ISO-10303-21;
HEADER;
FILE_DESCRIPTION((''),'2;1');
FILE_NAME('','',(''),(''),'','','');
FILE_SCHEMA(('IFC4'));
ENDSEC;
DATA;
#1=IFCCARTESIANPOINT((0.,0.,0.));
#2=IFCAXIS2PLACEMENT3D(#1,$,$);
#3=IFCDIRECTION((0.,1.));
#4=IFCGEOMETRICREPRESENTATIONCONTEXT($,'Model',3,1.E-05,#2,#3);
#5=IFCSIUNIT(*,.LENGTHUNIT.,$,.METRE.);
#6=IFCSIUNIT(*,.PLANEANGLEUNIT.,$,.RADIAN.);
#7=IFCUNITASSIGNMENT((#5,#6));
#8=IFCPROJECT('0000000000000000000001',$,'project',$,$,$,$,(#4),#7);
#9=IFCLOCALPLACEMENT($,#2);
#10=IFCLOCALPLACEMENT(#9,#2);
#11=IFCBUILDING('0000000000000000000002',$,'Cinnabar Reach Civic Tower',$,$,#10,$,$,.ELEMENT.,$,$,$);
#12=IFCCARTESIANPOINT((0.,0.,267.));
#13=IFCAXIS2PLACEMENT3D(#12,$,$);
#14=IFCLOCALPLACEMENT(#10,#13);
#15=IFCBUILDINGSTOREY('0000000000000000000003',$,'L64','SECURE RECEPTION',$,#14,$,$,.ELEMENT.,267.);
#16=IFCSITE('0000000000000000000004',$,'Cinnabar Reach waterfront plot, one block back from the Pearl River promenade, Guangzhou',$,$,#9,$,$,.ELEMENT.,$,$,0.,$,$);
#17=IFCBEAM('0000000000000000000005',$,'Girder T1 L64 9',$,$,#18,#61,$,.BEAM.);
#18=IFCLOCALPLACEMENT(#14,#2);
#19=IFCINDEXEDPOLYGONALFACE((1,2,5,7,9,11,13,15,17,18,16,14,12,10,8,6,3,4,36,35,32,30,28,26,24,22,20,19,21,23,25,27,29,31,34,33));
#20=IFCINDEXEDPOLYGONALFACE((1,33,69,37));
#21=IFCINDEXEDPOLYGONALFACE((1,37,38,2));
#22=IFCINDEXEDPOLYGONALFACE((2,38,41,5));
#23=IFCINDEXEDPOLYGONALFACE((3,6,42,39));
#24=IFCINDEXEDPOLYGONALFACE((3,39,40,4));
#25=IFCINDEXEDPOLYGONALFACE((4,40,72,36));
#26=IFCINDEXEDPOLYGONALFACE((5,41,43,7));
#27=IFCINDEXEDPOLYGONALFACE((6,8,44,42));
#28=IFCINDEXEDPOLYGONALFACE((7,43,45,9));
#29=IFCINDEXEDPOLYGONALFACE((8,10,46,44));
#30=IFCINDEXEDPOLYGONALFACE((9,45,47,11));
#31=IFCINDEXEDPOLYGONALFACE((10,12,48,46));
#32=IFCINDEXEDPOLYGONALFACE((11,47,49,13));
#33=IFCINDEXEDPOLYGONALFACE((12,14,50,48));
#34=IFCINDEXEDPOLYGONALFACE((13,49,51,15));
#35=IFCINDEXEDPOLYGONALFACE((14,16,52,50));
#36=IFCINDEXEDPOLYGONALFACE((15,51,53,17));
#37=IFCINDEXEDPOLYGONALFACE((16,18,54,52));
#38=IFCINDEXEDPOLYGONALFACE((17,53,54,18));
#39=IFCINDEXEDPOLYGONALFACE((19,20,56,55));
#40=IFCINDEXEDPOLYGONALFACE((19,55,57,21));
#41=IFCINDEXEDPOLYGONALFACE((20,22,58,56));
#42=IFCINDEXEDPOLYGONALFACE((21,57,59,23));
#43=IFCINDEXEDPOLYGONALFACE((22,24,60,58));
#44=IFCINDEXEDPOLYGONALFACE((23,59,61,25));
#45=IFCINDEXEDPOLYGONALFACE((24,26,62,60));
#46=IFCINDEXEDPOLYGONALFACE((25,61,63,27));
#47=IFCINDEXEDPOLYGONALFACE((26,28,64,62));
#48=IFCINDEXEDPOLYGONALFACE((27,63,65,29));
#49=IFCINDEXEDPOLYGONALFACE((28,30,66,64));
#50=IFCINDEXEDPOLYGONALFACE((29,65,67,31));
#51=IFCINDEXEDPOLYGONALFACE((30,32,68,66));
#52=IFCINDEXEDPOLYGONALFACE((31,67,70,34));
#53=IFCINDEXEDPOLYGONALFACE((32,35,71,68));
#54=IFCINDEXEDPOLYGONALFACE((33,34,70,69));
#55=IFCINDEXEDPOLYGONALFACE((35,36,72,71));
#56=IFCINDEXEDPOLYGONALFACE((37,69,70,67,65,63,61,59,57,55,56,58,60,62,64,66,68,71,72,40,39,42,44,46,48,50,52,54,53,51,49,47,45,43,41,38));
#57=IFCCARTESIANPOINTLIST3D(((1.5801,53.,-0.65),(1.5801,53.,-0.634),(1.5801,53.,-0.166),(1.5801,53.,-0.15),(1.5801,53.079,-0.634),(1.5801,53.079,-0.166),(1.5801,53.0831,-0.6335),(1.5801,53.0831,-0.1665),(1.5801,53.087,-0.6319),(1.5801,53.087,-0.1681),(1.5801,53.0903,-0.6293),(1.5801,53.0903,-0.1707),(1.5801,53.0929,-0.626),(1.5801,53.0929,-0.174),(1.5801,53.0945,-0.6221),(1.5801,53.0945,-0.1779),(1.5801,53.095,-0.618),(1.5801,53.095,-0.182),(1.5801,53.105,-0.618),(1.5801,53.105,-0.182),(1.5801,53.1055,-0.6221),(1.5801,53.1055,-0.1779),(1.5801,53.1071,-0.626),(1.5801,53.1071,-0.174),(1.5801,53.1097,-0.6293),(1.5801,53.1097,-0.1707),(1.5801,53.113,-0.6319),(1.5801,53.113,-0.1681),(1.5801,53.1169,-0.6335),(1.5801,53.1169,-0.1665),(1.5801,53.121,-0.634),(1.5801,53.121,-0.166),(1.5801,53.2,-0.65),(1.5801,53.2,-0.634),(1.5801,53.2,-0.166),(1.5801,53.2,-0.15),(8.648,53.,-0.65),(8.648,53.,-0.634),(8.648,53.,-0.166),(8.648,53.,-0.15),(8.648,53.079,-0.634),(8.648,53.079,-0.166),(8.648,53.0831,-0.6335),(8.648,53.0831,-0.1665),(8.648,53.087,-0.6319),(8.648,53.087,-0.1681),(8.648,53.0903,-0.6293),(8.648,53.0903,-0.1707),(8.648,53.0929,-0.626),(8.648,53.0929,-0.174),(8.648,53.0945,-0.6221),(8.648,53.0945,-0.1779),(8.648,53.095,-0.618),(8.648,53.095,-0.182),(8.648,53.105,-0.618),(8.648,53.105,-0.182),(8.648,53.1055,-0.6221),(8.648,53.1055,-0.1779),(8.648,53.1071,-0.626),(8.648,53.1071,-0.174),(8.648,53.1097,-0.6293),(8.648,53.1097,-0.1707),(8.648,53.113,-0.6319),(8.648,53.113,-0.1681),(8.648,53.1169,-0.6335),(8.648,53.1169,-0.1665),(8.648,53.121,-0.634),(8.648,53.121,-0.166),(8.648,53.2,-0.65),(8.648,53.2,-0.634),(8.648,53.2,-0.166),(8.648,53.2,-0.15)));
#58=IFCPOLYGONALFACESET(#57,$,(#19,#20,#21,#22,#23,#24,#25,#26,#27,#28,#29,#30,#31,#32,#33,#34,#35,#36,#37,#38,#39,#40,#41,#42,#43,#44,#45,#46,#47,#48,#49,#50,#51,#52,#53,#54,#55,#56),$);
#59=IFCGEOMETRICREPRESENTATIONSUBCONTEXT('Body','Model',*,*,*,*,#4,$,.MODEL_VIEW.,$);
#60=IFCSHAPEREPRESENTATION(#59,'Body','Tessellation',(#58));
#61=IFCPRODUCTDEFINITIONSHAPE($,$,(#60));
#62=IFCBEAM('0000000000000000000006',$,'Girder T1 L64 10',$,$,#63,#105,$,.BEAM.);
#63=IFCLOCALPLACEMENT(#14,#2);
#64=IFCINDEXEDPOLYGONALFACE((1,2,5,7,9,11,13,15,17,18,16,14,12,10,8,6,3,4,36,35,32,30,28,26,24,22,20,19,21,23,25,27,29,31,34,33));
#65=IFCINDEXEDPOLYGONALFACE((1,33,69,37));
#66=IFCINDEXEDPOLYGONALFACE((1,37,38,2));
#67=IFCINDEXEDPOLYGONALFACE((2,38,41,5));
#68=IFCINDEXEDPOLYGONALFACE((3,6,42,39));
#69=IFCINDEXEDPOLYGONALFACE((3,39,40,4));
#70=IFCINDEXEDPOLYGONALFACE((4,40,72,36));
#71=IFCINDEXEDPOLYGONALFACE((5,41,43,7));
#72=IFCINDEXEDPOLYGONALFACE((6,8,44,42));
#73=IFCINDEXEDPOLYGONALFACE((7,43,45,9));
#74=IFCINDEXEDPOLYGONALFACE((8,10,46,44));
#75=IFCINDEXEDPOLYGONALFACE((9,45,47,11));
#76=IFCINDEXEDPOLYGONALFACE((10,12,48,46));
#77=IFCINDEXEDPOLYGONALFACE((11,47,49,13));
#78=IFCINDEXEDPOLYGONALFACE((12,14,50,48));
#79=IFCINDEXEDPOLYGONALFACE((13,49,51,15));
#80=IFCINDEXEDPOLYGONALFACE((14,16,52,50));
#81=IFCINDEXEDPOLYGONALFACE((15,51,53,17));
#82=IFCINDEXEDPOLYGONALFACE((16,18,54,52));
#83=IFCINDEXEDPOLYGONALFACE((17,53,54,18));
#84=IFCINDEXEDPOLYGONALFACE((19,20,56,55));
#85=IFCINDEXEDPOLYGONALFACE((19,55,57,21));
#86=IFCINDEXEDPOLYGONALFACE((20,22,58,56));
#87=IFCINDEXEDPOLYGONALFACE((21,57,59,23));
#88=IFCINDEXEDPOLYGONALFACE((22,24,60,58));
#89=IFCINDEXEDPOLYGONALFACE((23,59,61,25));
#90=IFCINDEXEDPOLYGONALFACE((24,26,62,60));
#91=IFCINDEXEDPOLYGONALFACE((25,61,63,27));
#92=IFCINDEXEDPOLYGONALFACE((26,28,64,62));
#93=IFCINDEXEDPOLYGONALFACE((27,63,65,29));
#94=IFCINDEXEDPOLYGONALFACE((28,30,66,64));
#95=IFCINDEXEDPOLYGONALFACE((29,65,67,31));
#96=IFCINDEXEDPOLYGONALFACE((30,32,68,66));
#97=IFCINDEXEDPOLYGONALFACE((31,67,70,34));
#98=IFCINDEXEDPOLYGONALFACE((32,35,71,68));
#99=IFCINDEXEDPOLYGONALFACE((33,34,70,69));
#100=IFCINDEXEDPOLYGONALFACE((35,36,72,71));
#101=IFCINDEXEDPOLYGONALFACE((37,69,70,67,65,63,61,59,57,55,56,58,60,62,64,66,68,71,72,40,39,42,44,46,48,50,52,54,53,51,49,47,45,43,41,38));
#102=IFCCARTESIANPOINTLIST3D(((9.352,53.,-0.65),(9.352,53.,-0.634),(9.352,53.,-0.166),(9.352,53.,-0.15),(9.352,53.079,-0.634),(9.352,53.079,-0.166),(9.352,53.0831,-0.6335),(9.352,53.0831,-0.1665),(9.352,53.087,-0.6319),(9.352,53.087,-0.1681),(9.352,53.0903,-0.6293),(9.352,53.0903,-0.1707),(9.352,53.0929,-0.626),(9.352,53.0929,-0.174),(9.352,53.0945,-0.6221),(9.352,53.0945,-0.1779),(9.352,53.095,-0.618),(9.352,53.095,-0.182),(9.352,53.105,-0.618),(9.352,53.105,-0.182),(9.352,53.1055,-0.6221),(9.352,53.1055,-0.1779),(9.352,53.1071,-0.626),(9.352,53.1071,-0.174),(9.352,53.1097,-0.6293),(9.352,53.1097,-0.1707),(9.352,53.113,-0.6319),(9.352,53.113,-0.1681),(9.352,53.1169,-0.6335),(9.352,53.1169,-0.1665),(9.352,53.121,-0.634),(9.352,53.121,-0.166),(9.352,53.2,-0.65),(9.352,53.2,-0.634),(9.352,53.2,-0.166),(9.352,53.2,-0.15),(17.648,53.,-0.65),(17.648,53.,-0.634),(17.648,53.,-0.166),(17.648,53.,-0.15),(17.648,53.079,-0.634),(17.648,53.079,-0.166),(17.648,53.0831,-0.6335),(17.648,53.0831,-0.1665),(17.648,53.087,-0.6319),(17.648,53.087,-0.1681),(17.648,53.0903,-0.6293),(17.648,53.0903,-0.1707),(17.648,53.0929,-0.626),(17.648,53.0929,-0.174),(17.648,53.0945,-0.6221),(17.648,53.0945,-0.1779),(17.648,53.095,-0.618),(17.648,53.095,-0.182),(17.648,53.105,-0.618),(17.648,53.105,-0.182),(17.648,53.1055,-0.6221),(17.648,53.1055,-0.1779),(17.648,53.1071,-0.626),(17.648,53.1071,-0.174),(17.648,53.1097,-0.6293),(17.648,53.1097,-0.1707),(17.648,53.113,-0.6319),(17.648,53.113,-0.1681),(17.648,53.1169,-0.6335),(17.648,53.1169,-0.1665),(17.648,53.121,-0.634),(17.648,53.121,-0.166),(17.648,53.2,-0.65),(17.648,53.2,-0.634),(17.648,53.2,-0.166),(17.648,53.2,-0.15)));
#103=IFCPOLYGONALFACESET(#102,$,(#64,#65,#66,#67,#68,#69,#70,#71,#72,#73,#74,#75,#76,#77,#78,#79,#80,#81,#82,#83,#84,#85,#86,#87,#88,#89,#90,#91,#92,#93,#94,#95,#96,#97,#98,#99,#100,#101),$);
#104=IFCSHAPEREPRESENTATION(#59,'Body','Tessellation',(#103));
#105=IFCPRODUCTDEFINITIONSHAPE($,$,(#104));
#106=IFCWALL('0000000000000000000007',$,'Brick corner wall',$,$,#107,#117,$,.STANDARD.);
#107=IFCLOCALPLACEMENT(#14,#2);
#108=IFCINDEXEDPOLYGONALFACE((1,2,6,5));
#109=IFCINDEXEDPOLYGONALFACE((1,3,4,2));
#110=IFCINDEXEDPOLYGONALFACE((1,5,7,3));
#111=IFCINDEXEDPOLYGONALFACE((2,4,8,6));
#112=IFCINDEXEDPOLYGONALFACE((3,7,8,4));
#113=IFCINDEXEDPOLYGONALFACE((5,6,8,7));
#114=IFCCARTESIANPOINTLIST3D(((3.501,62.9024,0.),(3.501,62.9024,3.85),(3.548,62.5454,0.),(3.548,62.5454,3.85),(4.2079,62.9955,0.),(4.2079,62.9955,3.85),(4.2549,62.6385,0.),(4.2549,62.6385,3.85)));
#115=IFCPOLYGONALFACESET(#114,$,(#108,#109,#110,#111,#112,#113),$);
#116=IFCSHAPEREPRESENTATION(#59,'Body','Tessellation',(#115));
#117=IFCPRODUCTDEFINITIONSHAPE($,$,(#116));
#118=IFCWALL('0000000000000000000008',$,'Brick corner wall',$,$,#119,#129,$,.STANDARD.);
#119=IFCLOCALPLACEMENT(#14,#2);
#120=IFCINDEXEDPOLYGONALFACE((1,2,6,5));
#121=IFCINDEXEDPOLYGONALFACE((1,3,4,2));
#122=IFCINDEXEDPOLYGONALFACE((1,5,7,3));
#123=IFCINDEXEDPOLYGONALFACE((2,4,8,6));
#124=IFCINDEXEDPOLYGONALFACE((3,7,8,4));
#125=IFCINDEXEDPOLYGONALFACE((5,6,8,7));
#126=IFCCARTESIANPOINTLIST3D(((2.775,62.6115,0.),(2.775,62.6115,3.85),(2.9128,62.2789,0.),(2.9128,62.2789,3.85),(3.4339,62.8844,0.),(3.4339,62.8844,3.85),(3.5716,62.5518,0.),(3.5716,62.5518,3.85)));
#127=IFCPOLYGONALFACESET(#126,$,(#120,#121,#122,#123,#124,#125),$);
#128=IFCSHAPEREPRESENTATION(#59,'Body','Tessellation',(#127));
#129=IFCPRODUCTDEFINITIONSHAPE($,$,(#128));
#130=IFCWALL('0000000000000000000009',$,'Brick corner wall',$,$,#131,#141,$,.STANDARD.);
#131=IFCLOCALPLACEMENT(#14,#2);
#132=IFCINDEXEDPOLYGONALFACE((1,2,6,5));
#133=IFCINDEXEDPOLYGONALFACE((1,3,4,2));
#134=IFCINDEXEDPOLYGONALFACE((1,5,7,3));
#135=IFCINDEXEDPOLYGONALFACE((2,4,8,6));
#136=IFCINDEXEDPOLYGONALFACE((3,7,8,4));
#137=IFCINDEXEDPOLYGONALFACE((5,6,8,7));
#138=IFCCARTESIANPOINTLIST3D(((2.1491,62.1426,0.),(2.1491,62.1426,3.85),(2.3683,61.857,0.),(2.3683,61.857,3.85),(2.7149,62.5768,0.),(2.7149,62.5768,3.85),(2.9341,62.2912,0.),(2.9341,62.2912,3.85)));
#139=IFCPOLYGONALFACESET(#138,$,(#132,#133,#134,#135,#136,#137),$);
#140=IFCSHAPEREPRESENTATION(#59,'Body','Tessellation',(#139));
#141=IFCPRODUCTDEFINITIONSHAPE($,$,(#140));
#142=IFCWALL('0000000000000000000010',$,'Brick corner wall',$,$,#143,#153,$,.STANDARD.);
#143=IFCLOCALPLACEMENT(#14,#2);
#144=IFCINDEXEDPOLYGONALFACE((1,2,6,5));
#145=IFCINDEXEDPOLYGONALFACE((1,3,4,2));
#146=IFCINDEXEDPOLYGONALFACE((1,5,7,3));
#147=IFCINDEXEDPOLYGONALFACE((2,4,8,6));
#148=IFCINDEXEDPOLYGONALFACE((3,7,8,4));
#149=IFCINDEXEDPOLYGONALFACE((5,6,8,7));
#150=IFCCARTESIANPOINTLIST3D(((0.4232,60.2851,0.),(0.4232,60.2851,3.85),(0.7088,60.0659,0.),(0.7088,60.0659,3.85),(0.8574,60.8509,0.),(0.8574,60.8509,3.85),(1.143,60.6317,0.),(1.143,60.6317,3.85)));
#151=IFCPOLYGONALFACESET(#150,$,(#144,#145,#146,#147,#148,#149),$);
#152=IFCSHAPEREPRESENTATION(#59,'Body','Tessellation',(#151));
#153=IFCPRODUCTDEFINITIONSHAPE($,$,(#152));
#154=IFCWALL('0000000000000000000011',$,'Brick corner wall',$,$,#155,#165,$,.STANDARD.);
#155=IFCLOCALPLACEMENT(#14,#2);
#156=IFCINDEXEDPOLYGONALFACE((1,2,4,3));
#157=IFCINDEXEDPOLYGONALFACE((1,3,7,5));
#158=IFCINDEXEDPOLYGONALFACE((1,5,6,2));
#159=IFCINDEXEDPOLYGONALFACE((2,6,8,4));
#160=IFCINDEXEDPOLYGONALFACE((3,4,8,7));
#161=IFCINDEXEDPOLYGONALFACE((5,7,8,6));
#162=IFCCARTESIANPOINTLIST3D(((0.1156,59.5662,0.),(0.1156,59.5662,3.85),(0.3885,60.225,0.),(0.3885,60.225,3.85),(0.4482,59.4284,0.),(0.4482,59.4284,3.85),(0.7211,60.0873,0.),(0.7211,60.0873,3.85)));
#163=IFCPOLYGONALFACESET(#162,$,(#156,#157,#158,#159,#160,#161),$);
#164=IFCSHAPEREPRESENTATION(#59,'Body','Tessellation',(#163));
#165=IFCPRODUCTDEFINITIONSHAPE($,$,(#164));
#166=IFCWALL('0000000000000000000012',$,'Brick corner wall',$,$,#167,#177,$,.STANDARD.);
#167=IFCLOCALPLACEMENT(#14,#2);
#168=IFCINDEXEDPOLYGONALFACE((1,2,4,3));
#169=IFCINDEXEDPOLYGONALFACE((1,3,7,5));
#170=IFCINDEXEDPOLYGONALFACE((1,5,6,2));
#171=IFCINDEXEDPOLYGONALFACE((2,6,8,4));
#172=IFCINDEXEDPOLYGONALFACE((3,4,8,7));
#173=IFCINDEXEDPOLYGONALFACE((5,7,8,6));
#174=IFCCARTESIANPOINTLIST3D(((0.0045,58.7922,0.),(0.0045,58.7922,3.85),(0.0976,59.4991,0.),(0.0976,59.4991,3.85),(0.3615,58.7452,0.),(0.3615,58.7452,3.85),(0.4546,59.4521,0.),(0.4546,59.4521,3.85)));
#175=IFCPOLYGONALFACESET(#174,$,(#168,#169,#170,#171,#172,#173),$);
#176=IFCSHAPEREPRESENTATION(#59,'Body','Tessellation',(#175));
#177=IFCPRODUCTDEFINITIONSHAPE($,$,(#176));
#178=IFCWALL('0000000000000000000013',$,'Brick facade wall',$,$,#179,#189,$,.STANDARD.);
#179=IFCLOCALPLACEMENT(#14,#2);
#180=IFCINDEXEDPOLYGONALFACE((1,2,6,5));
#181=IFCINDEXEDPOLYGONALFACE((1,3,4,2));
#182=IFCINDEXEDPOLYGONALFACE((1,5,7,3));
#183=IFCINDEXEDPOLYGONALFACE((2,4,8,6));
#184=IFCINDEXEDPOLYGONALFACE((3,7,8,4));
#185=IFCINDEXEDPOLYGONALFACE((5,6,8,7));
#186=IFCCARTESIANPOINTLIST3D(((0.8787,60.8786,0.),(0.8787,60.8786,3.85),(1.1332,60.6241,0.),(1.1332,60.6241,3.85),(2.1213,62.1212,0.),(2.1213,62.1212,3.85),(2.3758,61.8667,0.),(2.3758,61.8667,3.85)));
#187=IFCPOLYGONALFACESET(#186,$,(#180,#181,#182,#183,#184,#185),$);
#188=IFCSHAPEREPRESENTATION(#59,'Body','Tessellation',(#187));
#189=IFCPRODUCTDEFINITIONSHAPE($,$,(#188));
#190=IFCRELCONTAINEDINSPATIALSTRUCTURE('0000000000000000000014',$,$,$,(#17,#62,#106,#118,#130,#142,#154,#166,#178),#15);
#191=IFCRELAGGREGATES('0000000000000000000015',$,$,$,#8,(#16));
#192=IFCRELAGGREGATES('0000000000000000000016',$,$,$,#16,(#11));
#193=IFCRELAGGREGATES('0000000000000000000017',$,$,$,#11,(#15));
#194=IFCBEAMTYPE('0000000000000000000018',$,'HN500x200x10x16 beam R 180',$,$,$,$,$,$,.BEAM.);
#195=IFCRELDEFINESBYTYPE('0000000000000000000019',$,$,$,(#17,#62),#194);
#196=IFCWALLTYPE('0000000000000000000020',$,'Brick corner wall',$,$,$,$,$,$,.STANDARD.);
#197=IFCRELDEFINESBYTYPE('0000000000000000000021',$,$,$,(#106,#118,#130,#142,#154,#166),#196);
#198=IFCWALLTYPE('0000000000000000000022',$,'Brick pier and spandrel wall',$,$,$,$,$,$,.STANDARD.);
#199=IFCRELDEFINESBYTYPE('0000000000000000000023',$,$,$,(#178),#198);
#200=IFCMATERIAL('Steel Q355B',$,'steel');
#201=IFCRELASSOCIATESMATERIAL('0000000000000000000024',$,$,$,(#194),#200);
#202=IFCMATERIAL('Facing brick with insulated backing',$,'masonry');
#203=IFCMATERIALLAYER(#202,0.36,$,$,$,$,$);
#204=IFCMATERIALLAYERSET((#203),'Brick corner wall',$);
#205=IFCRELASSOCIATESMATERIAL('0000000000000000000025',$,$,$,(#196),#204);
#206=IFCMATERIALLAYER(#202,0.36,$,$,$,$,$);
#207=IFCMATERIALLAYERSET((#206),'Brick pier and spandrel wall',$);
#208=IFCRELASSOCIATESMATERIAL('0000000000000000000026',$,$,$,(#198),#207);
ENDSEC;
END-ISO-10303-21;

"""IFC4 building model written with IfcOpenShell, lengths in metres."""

from ifc_helpers import new_model, si_unit, direction, frame, frame_2d, origin, origin_2d, place, context, subcontext, project, spatial, rectangle, i_section, extrude, material, layer, layer_set, material_profile, profile_set, type_object, element, save


model = new_model("IFC4")

# Units and contexts
model_context = context("Model", 3, precision=1e-05, world=origin(), true_north=direction((0.0, 1.0)))
body_context = subcontext(model_context, "Body", "Model", "MODEL_VIEW")
ifc_project = project(units=[si_unit("LENGTHUNIT", "METRE"), si_unit("PLANEANGLEUNIT", "RADIAN")], contexts=[model_context])

# Site, building, storey
site_placement = place(None, origin())
site = spatial("IfcSite", under=ifc_project, at=site_placement, Name="Cinnabar Reach waterfront plot, one block back from the Pearl River promenade, Guangzhou", CompositionType="ELEMENT", RefElevation=0.0)
building_placement = place(site_placement, origin())
building = spatial("IfcBuilding", under=site, at=building_placement, Name="Cinnabar Reach Civic Tower", CompositionType="ELEMENT")
storey_placement = place(building_placement, frame((0.0, 0.0, 267.0)))
storey = spatial("IfcBuildingStorey", under=building, at=storey_placement, Name="L64", Description="SECURE RECEPTION", CompositionType="ELEMENT", Elevation=267.0)

# Beams
ifc_material_1 = material(Name="Steel Q355B", Category="steel")
ifc_material_profile_1 = material_profile(ifc_material_1, i_section(OverallWidth=0.2, OverallDepth=0.5, WebThickness=0.01, FlangeThickness=0.016, FilletRadius=0.016, at=origin_2d()), Name="HN500x200x10x16")
ifc_profile_set_1 = profile_set([ifc_material_profile_1], Name="Steel Q355B")
beam_type_1 = type_object("IfcBeamType", Name="HN500x200x10x16 beam R 180", PredefinedType="BEAM", material=ifc_profile_set_1)
beam_1_placement = place(storey_placement, frame((1.5801, 53.1, -0.4), z_axis=(1.0, 0.0, 0.0), x_axis=(0.0, 1.0, 0.0)))
element("IfcBeam", 1, at=beam_1_placement, inside=storey, type_object=beam_type_1, Name="Girder T1 L64 9", PredefinedType="BEAM", context=body_context, shape_type="SweptSolid", body=[
    extrude(i_section(OverallWidth=0.2, OverallDepth=0.5, WebThickness=0.01, FlangeThickness=0.016, FilletRadius=0.016, at=origin_2d()), origin(), (0.0, 0.0, 1.0), 7.0679),
])
beam_2_placement = place(storey_placement, frame((9.352, 53.1, -0.4), z_axis=(1.0, 0.0, 0.0), x_axis=(0.0, 1.0, 0.0)))
element("IfcBeam", 2, at=beam_2_placement, inside=storey, type_object=beam_type_1, Name="Girder T1 L64 10", PredefinedType="BEAM", context=body_context, shape_type="SweptSolid", body=[
    extrude(i_section(OverallWidth=0.2, OverallDepth=0.5, WebThickness=0.01, FlangeThickness=0.016, FilletRadius=0.016, at=origin_2d()), origin(), (0.0, 0.0, 1.0), 8.296),
])

# Walls
ifc_material_2 = material(Name="Facing brick with insulated backing", Category="masonry")
ifc_layer_1 = layer(ifc_material_2, 0.36)
ifc_layer_set_1 = layer_set([ifc_layer_1], Name="Brick corner wall")
wall_type_1 = type_object("IfcWallType", Name="Brick corner wall", PredefinedType="STANDARD", material=ifc_layer_set_1)
for number, where, z_axis, x_axis, name in (
    (3, (4.2314, 62.817, 0.0), (0.0, 0.0, 1.0), (-0.991441, -0.130556, 0.0), "Brick corner wall"),
    (4, (3.5027, 62.7181, 0.0), (0.0, 0.0, 1.0), (-0.923872, -0.382703, 0.0), "Brick corner wall"),
):
    element("IfcWall", number, at=place(storey_placement, frame(where, z_axis=z_axis, x_axis=x_axis)), inside=storey, type_object=wall_type_1, Name=name, PredefinedType="STANDARD", context=body_context, shape_type="SweptSolid", body=[
        extrude(rectangle(XDim=0.7131, YDim=0.36, at=frame_2d((0.3565, 0.0))), origin(), (0.0, 0.0, 1.0), 3.85),
    ])
for number, where, z_axis, x_axis, name in (
    (5, (2.8245, 62.434, 0.0), (0.0, 0.0, 1.0), (-0.793322, -0.608802, 0.0), "Brick corner wall"),
    (6, (1.0002, 60.7413, 0.0), (0.0, 0.0, 1.0), (-0.608802, -0.793322, 0.0), "Brick corner wall"),
):
    element("IfcWall", number, at=place(storey_placement, frame(where, z_axis=z_axis, x_axis=x_axis)), inside=storey, type_object=wall_type_1, Name=name, PredefinedType="STANDARD", context=body_context, shape_type="SweptSolid", body=[
        extrude(rectangle(XDim=0.7132, YDim=0.36, at=frame_2d((0.3566, 0.0))), origin(), (0.0, 0.0, 1.0), 3.85),
    ])
for number, where, z_axis, x_axis, name in (
    (7, (0.5548, 60.1561, 0.0), (0.0, 0.0, 1.0), (-0.382703, -0.923872, 0.0), "Brick corner wall"),
    (8, (0.2761, 59.4756, 0.0), (0.0, 0.0, 1.0), (-0.130556, -0.991441, 0.0), "Brick corner wall"),
):
    element("IfcWall", number, at=place(storey_placement, frame(where, z_axis=z_axis, x_axis=x_axis)), inside=storey, type_object=wall_type_1, Name=name, PredefinedType="STANDARD", context=body_context, shape_type="SweptSolid", body=[
        extrude(rectangle(XDim=0.7131, YDim=0.36, at=frame_2d((0.3565, 0.0))), origin(), (0.0, 0.0, 1.0), 3.85),
    ])
ifc_layer_2 = layer(ifc_material_2, 0.36)
ifc_layer_set_2 = layer_set([ifc_layer_2], Name="Brick pier and spandrel wall")
wall_type_2 = type_object("IfcWallType", Name="Brick pier and spandrel wall", PredefinedType="STANDARD", material=ifc_layer_set_2)
wall_1_placement = place(storey_placement, frame((2.2486, 61.994, 0.0), z_axis=(0.0, 0.0, 1.0), x_axis=(-0.707107, -0.707107, 0.0)))
element("IfcWall", 9, at=wall_1_placement, inside=storey, type_object=wall_type_2, Name="Brick facade wall", PredefinedType="STANDARD", context=body_context, shape_type="SweptSolid", body=[
    extrude(rectangle(XDim=1.7573, YDim=0.36, at=frame_2d((0.8787, 0.0))), origin(), (0.0, 0.0, 1.0), 3.85),
])

save(model, "model.ifc")
